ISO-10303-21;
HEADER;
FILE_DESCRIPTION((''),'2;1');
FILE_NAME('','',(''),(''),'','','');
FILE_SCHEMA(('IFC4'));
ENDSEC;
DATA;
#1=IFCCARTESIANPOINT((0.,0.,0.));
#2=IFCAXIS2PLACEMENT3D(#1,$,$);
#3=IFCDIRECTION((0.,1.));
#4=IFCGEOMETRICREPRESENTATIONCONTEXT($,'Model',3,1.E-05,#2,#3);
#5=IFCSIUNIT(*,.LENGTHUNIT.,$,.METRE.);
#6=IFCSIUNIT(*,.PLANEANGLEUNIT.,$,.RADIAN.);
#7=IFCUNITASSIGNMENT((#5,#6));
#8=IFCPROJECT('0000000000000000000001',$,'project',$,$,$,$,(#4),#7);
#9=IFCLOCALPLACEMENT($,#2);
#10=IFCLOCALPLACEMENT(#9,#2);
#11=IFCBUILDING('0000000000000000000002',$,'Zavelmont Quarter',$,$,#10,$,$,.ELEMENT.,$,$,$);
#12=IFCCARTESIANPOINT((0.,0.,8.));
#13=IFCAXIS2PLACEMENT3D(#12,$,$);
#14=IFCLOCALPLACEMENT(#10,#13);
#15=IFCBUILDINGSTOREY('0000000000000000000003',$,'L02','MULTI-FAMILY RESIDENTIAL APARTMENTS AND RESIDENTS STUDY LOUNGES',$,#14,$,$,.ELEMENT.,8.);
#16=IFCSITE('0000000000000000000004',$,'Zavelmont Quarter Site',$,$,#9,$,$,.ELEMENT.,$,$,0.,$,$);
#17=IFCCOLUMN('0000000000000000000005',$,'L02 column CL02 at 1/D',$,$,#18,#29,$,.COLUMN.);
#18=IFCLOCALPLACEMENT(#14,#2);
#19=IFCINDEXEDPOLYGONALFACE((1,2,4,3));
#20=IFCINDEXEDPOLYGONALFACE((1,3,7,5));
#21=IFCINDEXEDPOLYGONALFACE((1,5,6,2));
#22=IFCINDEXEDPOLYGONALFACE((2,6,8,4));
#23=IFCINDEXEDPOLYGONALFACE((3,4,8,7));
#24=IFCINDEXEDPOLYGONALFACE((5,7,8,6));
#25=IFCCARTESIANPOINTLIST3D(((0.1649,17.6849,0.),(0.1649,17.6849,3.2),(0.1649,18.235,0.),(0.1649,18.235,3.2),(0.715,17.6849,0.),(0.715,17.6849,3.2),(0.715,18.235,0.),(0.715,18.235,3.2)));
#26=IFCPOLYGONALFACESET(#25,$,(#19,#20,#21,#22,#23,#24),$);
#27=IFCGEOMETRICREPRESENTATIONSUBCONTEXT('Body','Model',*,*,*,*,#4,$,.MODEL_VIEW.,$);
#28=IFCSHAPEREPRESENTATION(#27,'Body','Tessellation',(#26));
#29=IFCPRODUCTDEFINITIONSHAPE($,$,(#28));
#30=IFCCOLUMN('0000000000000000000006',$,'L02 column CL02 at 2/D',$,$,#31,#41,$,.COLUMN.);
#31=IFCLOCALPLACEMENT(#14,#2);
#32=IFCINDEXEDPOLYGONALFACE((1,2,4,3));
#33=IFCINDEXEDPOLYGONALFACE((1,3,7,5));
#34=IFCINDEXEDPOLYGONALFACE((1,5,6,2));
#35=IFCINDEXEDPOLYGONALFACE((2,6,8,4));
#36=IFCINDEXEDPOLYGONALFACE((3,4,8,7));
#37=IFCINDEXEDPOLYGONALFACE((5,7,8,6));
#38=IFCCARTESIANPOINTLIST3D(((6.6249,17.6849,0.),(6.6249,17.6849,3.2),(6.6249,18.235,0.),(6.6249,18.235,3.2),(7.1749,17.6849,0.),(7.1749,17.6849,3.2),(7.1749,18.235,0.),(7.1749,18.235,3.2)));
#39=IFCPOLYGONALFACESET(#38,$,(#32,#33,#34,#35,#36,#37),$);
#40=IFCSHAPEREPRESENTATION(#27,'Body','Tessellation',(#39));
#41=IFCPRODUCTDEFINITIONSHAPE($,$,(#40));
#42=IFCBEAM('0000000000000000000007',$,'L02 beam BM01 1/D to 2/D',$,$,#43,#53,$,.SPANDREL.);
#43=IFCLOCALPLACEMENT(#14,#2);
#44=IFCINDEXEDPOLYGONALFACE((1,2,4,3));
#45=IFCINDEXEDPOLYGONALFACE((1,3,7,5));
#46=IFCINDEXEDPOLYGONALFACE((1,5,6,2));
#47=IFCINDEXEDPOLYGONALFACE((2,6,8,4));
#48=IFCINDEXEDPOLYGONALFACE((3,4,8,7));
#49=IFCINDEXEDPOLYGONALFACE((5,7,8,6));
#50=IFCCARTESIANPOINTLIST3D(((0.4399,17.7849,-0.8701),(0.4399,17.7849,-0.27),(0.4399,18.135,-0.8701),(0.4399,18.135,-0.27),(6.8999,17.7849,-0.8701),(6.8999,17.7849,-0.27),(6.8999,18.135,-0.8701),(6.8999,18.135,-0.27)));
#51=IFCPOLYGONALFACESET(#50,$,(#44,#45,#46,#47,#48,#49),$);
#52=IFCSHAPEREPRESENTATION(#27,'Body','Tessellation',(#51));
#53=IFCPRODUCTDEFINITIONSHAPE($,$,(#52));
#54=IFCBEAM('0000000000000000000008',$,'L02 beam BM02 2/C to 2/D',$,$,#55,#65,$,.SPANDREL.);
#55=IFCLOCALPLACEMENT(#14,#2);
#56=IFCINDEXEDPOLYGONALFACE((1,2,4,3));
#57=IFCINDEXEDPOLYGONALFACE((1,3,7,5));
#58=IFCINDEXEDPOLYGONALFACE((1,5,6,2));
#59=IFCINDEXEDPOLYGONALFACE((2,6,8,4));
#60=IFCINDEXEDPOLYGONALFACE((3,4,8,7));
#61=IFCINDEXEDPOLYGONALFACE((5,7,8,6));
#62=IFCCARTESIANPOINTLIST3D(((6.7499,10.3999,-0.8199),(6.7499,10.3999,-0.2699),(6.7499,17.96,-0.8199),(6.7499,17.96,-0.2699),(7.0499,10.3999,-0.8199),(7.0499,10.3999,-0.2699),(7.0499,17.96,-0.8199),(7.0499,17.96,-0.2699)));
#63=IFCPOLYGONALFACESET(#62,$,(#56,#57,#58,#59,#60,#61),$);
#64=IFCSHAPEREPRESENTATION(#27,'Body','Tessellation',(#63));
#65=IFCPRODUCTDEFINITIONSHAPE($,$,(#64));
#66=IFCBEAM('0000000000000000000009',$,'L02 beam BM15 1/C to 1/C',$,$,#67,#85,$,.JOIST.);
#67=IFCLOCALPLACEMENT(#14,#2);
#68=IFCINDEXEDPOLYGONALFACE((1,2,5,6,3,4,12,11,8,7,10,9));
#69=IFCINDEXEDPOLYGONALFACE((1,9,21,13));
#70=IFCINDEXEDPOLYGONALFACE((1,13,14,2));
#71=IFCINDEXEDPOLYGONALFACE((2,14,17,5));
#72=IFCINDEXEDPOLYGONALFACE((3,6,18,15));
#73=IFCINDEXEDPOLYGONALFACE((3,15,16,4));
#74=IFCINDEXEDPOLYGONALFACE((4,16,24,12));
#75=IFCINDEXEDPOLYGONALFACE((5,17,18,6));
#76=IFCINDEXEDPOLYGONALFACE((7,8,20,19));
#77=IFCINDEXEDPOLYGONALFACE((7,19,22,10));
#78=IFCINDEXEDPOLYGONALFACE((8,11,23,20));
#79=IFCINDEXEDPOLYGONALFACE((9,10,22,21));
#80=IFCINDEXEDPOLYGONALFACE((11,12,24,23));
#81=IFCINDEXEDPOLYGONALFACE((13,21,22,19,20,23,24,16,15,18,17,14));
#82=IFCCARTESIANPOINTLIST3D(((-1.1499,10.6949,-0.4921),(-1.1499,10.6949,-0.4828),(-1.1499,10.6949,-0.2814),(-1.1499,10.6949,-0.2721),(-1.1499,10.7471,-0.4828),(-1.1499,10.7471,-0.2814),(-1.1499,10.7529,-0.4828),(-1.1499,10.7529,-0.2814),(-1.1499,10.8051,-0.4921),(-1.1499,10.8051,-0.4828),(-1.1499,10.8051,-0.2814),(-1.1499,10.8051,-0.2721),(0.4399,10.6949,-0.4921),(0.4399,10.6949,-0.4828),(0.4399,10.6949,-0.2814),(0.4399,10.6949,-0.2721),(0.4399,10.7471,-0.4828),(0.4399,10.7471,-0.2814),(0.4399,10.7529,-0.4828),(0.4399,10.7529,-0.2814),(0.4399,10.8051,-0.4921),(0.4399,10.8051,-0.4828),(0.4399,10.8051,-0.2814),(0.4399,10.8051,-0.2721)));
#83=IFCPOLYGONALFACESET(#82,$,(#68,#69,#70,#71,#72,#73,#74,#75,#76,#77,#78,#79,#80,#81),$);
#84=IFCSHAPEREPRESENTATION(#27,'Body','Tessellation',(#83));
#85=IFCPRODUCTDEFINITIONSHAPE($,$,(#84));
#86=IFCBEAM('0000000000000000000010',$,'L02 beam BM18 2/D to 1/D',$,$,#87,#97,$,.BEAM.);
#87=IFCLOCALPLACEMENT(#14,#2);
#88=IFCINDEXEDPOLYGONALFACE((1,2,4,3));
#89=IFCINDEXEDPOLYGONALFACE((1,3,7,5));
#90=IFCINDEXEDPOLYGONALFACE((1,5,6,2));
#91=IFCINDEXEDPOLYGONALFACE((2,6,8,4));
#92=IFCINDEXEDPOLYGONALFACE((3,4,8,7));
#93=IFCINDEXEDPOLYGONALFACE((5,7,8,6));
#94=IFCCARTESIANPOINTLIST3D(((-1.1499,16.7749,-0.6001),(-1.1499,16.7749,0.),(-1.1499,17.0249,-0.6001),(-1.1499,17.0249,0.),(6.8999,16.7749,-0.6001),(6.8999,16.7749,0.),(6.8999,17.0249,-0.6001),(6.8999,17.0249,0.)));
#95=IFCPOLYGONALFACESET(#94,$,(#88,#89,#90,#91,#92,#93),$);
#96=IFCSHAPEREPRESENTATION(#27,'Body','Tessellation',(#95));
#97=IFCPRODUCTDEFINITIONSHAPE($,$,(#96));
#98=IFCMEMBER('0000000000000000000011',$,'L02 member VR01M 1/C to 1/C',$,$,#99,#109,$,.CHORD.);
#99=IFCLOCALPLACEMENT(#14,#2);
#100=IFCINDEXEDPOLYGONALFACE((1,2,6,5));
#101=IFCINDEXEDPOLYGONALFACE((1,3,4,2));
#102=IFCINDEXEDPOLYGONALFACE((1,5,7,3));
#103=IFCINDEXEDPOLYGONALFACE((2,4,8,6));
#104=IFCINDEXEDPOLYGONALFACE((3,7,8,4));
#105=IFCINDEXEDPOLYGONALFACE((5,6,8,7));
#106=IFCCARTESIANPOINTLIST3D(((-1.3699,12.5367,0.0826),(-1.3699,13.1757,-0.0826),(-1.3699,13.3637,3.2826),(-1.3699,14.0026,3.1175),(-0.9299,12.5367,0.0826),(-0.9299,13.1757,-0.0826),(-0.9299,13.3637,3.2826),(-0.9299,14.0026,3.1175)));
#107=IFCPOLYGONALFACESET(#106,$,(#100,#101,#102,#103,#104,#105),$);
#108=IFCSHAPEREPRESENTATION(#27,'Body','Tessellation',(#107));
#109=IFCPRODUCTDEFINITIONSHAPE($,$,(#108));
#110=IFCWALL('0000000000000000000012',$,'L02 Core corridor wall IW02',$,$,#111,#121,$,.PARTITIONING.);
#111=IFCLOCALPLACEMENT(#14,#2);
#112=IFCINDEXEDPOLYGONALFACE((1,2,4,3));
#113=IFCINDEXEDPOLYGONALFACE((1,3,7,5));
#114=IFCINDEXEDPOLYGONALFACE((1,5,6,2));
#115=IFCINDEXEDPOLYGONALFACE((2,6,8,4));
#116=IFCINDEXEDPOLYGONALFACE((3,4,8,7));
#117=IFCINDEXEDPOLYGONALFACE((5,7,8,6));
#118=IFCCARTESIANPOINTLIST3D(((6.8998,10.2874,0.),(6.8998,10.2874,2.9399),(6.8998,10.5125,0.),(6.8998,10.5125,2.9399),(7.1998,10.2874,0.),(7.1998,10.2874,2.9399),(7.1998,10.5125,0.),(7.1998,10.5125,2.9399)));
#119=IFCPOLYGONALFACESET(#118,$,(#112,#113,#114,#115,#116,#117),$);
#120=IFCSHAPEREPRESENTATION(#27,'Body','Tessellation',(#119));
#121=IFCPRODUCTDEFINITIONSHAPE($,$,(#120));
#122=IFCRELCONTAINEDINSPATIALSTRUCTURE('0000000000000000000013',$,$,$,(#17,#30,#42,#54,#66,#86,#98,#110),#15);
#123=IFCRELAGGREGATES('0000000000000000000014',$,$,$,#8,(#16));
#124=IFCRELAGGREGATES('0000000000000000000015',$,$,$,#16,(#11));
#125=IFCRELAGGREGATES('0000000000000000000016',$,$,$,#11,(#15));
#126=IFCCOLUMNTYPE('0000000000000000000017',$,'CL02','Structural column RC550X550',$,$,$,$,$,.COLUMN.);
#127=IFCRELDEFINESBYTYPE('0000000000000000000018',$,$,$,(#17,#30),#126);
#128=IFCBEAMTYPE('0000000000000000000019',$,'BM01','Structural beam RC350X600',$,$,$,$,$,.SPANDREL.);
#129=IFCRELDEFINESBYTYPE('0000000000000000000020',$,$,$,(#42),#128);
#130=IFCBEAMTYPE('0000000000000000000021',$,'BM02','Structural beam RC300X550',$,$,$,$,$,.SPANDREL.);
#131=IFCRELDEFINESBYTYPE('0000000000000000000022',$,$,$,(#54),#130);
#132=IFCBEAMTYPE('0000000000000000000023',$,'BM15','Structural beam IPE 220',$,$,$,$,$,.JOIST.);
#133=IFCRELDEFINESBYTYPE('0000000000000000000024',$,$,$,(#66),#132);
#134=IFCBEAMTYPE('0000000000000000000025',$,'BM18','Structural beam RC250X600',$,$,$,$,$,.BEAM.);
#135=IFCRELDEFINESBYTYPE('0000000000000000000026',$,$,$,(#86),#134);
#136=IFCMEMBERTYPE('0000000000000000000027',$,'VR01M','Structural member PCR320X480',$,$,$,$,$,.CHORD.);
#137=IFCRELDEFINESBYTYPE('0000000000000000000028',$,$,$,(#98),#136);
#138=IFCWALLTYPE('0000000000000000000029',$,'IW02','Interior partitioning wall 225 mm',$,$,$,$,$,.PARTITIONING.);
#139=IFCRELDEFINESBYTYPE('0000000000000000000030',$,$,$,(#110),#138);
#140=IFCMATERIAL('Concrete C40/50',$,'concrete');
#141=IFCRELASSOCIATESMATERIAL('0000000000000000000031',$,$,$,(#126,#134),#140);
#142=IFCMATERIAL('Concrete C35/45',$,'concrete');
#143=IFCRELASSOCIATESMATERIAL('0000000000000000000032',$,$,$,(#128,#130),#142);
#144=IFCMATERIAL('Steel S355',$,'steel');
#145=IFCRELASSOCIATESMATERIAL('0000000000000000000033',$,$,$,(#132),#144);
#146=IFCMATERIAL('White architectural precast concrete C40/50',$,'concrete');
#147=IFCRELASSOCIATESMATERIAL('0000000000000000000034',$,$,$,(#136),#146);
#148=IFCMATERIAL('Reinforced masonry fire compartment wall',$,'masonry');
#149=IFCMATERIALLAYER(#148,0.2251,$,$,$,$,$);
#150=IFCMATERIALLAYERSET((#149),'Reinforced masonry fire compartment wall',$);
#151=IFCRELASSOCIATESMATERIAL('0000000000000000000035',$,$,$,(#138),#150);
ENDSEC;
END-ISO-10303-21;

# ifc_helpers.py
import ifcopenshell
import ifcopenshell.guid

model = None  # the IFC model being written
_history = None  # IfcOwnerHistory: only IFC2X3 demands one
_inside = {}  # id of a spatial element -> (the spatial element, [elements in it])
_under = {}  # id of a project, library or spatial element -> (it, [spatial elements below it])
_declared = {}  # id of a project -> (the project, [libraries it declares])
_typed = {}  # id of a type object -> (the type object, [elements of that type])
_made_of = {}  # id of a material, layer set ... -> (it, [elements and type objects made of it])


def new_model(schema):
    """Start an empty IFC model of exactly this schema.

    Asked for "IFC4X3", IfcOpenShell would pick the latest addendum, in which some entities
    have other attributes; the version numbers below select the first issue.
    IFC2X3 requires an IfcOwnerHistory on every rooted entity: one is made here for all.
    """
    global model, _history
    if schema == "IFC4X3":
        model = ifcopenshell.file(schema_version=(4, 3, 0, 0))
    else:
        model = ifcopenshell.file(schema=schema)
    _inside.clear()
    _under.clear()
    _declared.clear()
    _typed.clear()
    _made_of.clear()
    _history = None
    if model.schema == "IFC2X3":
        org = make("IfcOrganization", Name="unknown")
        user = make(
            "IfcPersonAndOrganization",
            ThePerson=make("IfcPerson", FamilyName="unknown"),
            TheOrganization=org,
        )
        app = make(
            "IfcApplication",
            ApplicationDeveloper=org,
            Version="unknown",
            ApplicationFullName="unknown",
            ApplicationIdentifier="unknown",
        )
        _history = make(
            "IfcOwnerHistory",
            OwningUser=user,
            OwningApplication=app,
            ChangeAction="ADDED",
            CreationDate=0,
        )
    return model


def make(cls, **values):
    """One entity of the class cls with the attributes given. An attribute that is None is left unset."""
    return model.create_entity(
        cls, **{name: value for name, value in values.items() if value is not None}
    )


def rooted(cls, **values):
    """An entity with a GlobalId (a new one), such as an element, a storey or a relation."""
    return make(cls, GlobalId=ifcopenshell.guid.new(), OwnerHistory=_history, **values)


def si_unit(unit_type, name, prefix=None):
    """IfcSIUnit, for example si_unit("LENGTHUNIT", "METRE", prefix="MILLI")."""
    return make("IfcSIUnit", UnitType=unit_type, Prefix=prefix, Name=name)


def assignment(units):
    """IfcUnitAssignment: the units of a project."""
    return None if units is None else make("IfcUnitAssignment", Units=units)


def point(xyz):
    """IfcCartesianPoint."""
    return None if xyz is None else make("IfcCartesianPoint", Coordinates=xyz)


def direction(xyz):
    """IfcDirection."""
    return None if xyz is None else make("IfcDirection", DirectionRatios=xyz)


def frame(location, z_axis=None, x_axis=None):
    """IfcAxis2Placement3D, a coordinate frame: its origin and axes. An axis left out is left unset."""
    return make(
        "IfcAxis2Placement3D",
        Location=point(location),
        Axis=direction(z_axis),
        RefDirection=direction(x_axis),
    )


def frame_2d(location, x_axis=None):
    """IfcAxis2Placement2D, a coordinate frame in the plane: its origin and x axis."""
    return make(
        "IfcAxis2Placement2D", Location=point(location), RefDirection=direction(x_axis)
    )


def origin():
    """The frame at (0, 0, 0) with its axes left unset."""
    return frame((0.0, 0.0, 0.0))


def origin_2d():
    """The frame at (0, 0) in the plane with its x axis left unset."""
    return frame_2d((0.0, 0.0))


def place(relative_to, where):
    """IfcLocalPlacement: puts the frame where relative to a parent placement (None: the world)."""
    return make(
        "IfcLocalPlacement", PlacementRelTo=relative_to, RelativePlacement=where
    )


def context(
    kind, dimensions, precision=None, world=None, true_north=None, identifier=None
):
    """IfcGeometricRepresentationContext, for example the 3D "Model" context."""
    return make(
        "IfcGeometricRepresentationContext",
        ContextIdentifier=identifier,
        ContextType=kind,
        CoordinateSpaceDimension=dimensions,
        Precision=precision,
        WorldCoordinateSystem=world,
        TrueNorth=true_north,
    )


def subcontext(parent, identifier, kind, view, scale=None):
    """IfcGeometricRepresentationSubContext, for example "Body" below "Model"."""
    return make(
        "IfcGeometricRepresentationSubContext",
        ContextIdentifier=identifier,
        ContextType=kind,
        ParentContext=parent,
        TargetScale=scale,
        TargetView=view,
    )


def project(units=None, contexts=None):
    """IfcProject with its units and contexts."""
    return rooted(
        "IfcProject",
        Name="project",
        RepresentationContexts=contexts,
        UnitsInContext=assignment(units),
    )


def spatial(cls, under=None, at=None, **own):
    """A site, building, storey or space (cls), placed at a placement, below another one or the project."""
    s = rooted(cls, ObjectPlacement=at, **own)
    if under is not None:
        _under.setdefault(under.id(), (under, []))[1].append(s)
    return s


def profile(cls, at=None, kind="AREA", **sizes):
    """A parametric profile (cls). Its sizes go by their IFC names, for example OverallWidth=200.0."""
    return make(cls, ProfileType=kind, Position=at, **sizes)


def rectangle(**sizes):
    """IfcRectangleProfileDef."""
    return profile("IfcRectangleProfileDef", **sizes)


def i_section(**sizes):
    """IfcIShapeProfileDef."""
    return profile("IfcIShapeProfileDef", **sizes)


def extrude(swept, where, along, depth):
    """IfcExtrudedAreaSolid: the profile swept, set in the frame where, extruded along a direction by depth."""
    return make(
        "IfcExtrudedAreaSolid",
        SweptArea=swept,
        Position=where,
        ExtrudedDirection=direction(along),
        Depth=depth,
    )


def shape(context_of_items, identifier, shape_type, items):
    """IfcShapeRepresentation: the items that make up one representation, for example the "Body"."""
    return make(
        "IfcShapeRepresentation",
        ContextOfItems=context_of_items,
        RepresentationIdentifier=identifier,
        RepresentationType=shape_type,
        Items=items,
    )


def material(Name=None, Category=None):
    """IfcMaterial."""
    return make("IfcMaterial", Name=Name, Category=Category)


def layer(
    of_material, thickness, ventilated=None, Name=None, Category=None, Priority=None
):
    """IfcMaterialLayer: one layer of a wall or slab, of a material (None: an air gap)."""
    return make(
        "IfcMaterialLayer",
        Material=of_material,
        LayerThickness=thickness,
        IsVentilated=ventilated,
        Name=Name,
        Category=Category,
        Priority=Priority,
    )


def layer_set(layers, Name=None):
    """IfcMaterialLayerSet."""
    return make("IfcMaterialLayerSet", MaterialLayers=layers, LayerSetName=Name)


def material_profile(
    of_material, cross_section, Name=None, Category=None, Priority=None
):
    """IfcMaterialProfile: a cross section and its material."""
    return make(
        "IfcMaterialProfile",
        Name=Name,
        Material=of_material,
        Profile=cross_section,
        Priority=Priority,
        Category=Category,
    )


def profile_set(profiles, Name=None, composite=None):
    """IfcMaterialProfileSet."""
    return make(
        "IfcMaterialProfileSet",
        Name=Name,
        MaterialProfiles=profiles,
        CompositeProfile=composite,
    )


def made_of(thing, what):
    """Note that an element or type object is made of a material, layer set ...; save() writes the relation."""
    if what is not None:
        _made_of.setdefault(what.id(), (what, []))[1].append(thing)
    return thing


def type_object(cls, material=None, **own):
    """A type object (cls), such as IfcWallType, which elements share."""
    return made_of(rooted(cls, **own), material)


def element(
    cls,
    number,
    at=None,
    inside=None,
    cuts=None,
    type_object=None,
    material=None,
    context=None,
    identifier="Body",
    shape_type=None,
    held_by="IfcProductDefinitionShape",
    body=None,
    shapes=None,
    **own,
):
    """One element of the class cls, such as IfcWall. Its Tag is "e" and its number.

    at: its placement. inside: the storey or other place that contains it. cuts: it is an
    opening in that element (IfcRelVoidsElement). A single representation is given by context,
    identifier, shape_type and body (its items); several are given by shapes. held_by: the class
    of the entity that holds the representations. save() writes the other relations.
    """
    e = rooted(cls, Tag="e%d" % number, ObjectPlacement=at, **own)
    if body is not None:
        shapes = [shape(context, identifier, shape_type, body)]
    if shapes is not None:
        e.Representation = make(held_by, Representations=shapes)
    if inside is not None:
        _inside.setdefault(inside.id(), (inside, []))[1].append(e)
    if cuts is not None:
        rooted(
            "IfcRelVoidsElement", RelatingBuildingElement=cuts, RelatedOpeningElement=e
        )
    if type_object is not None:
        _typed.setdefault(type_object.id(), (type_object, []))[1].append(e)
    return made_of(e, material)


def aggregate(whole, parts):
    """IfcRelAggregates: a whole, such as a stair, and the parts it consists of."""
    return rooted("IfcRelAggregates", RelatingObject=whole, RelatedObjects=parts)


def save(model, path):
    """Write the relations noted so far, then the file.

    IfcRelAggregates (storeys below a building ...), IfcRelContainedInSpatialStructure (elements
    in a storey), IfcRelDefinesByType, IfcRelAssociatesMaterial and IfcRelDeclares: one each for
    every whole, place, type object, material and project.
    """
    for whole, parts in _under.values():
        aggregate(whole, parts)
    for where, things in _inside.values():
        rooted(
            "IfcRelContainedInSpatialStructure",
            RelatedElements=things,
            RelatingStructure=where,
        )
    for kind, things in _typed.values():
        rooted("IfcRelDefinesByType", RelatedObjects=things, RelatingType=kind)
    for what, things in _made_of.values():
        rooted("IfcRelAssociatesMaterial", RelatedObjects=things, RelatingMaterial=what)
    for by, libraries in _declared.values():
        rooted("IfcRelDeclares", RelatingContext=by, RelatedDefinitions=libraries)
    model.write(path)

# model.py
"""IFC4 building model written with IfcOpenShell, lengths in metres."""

from ifc_helpers import new_model, si_unit, direction, frame, frame_2d, origin, origin_2d, place, context, subcontext, project, spatial, rectangle, i_section, extrude, material, layer, layer_set, material_profile, profile_set, type_object, element, save


model = new_model("IFC4")

# Units and contexts
model_context = context("Model", 3, precision=1e-05, world=origin(), true_north=direction((0.0, 1.0)))
body_context = subcontext(model_context, "Body", "Model", "MODEL_VIEW")
ifc_project = project(units=[si_unit("LENGTHUNIT", "METRE"), si_unit("PLANEANGLEUNIT", "RADIAN")], contexts=[model_context])

# Site, building, storey
site_placement = place(None, origin())
site = spatial("IfcSite", under=ifc_project, at=site_placement, Name="Zavelmont Quarter Site", CompositionType="ELEMENT", RefElevation=0.0)
building_placement = place(site_placement, origin())
building = spatial("IfcBuilding", under=site, at=building_placement, Name="Zavelmont Quarter", CompositionType="ELEMENT")
storey_placement = place(building_placement, frame((0.0, 0.0, 8.0)))
storey = spatial("IfcBuildingStorey", under=building, at=storey_placement, Name="L02", Description="MULTI-FAMILY RESIDENTIAL APARTMENTS AND RESIDENTS STUDY LOUNGES", CompositionType="ELEMENT", Elevation=8.0)

# Columns
ifc_material_1 = material(Name="Concrete C40/50", Category="concrete")
ifc_material_profile_1 = material_profile(ifc_material_1, rectangle(XDim=0.55, YDim=0.55, at=origin_2d()), Name="RC550X550")
ifc_profile_set_1 = profile_set([ifc_material_profile_1], Name="Concrete C40/50")
column_type = type_object("IfcColumnType", Name="CL02", Description="Structural column RC550X550", PredefinedType="COLUMN", material=ifc_profile_set_1)
for number, where, z_axis, x_axis, name in (
    (1, (0.4399, 17.96, 0.0), (0.0, 0.0, 1.0), (1.0, 0.0, 0.0), "L02 column CL02 at 1/D"),
    (2, (6.8999, 17.96, 0.0), (0.0, 0.0, 1.0), (1.0, 0.0, 0.0), "L02 column CL02 at 2/D"),
):
    element("IfcColumn", number, at=place(storey_placement, frame(where, z_axis=z_axis, x_axis=x_axis)), inside=storey, type_object=column_type, Name=name, PredefinedType="COLUMN", context=body_context, shape_type="SweptSolid", body=[
        extrude(rectangle(XDim=0.55, YDim=0.55, at=origin_2d()), origin(), (0.0, 0.0, 1.0), 3.2),
    ])

# Beams
ifc_material_2 = material(Name="Concrete C35/45", Category="concrete")
ifc_material_profile_2 = material_profile(ifc_material_2, rectangle(XDim=0.3501, YDim=0.6001, at=origin_2d()), Name="RC350X600")
ifc_profile_set_2 = profile_set([ifc_material_profile_2], Name="Concrete C35/45")
beam_type_1 = type_object("IfcBeamType", Name="BM01", Description="Structural beam RC350X600", PredefinedType="SPANDREL", material=ifc_profile_set_2)
beam_1_placement = place(storey_placement, frame((0.4399, 17.96, -0.5701), z_axis=(1.0, 0.0, 0.0), x_axis=(0.0, 1.0, 0.0)))
element("IfcBeam", 3, at=beam_1_placement, inside=storey, type_object=beam_type_1, Name="L02 beam BM01 1/D to 2/D", PredefinedType="SPANDREL", context=body_context, shape_type="SweptSolid", body=[
    extrude(rectangle(XDim=0.3501, YDim=0.6001, at=origin_2d()), origin(), (0.0, 0.0, 1.0), 6.46),
])
ifc_material_profile_3 = material_profile(ifc_material_2, rectangle(XDim=0.3, YDim=0.55, at=origin_2d()), Name="RC300X550")
ifc_profile_set_3 = profile_set([ifc_material_profile_3], Name="Concrete C35/45")
beam_type_2 = type_object("IfcBeamType", Name="BM02", Description="Structural beam RC300X550", PredefinedType="SPANDREL", material=ifc_profile_set_3)
beam_2_placement = place(storey_placement, frame((6.8999, 10.3999, -0.5449), z_axis=(0.0, 1.0, 0.0), x_axis=(-1.0, 0.0, 0.0)))
element("IfcBeam", 4, at=beam_2_placement, inside=storey, type_object=beam_type_2, Name="L02 beam BM02 2/C to 2/D", PredefinedType="SPANDREL", context=body_context, shape_type="SweptSolid", body=[
    extrude(rectangle(XDim=0.3, YDim=0.55, at=origin_2d()), origin(), (0.0, 0.0, 1.0), 7.5601),
])
ifc_material_3 = material(Name="Steel S355", Category="steel")
ifc_material_profile_4 = material_profile(ifc_material_3, i_section(OverallWidth=0.1101, OverallDepth=0.22, WebThickness=0.0059, FlangeThickness=0.0093, at=origin_2d()), Name="IPE 220")
ifc_profile_set_4 = profile_set([ifc_material_profile_4], Name="Steel S355")
beam_type_3 = type_object("IfcBeamType", Name="BM15", Description="Structural beam IPE 220", PredefinedType="JOIST", material=ifc_profile_set_4)
beam_3_placement = place(storey_placement, frame((0.4399, 10.75, -0.3821), z_axis=(-1.0, 0.0, 0.0), x_axis=(0.0, -1.0, 0.0)))
element("IfcBeam", 5, at=beam_3_placement, inside=storey, type_object=beam_type_3, Name="L02 beam BM15 1/C to 1/C", PredefinedType="JOIST", context=body_context, shape_type="SweptSolid", body=[
    extrude(i_section(OverallWidth=0.1101, OverallDepth=0.22, WebThickness=0.0059, FlangeThickness=0.0093, at=origin_2d()), origin(), (0.0, 0.0, 1.0), 1.5898),
])
ifc_material_profile_5 = material_profile(ifc_material_1, rectangle(XDim=0.25, YDim=0.6001, at=origin_2d()), Name="RC250X600")
ifc_profile_set_5 = profile_set([ifc_material_profile_5], Name="Concrete C40/50")
beam_type_4 = type_object("IfcBeamType", Name="BM18", Description="Structural beam RC250X600", PredefinedType="BEAM", material=ifc_profile_set_5)
beam_4_placement = place(storey_placement, frame((6.8999, 16.8999, -0.3), z_axis=(-1.0, 0.0, 0.0), x_axis=(0.0, -1.0, 0.0)))
element("IfcBeam", 6, at=beam_4_placement, inside=storey, type_object=beam_type_4, Name="L02 beam BM18 2/D to 1/D", PredefinedType="BEAM", context=body_context, shape_type="SweptSolid", body=[
    extrude(rectangle(XDim=0.25, YDim=0.6001, at=origin_2d()), origin(), (0.0, 0.0, 1.0), 8.0498),
])

# Member
ifc_material_4 = material(Name="White architectural precast concrete C40/50", Category="concrete")
ifc_material_profile_6 = material_profile(ifc_material_4, rectangle(XDim=0.4399, YDim=0.6599, at=origin_2d()), Name="PCR320X480")
ifc_profile_set_6 = profile_set([ifc_material_profile_6], Name="White architectural precast concrete C40/50")
member_type = type_object("IfcMemberType", Name="VR01M", Description="Structural member PCR320X480", PredefinedType="CHORD", material=ifc_profile_set_6)
member_placement = place(storey_placement, frame((-1.1499, 12.8562, 0.0), z_axis=(0.0, 0.250193, 0.968196), x_axis=(-1.0, 0.0, 0.0)))
element("IfcMember", 7, at=member_placement, inside=storey, type_object=member_type, Name="L02 member VR01M 1/C to 1/C", PredefinedType="CHORD", context=body_context, shape_type="SweptSolid", body=[
    extrude(rectangle(XDim=0.4399, YDim=0.6599, at=origin_2d()), origin(), (0.0, 0.0, 1.0), 3.3052),
])

# Wall
ifc_material_5 = material(Name="Reinforced masonry fire compartment wall", Category="masonry")
ifc_layer_1 = layer(ifc_material_5, 0.2251)
ifc_layer_set_1 = layer_set([ifc_layer_1], Name="Reinforced masonry fire compartment wall")
wall_type_1 = type_object("IfcWallType", Name="IW02", Description="Interior partitioning wall 225 mm", PredefinedType="PARTITIONING", material=ifc_layer_set_1)
wall_1_placement = place(storey_placement, frame((6.8999, 10.3999, 0.0), z_axis=(0.0, 0.0, 1.0), x_axis=(1.0, 0.0, 0.0)))
element("IfcWall", 8, at=wall_1_placement, inside=storey, type_object=wall_type_1, Name="L02 Core corridor wall IW02", PredefinedType="PARTITIONING", context=body_context, shape_type="SweptSolid", body=[
    extrude(rectangle(XDim=0.3, YDim=0.2251, at=frame_2d((0.1499, 0.0))), origin(), (0.0, 0.0, 1.0), 2.9399),
])

save(model, "model.ifc")
